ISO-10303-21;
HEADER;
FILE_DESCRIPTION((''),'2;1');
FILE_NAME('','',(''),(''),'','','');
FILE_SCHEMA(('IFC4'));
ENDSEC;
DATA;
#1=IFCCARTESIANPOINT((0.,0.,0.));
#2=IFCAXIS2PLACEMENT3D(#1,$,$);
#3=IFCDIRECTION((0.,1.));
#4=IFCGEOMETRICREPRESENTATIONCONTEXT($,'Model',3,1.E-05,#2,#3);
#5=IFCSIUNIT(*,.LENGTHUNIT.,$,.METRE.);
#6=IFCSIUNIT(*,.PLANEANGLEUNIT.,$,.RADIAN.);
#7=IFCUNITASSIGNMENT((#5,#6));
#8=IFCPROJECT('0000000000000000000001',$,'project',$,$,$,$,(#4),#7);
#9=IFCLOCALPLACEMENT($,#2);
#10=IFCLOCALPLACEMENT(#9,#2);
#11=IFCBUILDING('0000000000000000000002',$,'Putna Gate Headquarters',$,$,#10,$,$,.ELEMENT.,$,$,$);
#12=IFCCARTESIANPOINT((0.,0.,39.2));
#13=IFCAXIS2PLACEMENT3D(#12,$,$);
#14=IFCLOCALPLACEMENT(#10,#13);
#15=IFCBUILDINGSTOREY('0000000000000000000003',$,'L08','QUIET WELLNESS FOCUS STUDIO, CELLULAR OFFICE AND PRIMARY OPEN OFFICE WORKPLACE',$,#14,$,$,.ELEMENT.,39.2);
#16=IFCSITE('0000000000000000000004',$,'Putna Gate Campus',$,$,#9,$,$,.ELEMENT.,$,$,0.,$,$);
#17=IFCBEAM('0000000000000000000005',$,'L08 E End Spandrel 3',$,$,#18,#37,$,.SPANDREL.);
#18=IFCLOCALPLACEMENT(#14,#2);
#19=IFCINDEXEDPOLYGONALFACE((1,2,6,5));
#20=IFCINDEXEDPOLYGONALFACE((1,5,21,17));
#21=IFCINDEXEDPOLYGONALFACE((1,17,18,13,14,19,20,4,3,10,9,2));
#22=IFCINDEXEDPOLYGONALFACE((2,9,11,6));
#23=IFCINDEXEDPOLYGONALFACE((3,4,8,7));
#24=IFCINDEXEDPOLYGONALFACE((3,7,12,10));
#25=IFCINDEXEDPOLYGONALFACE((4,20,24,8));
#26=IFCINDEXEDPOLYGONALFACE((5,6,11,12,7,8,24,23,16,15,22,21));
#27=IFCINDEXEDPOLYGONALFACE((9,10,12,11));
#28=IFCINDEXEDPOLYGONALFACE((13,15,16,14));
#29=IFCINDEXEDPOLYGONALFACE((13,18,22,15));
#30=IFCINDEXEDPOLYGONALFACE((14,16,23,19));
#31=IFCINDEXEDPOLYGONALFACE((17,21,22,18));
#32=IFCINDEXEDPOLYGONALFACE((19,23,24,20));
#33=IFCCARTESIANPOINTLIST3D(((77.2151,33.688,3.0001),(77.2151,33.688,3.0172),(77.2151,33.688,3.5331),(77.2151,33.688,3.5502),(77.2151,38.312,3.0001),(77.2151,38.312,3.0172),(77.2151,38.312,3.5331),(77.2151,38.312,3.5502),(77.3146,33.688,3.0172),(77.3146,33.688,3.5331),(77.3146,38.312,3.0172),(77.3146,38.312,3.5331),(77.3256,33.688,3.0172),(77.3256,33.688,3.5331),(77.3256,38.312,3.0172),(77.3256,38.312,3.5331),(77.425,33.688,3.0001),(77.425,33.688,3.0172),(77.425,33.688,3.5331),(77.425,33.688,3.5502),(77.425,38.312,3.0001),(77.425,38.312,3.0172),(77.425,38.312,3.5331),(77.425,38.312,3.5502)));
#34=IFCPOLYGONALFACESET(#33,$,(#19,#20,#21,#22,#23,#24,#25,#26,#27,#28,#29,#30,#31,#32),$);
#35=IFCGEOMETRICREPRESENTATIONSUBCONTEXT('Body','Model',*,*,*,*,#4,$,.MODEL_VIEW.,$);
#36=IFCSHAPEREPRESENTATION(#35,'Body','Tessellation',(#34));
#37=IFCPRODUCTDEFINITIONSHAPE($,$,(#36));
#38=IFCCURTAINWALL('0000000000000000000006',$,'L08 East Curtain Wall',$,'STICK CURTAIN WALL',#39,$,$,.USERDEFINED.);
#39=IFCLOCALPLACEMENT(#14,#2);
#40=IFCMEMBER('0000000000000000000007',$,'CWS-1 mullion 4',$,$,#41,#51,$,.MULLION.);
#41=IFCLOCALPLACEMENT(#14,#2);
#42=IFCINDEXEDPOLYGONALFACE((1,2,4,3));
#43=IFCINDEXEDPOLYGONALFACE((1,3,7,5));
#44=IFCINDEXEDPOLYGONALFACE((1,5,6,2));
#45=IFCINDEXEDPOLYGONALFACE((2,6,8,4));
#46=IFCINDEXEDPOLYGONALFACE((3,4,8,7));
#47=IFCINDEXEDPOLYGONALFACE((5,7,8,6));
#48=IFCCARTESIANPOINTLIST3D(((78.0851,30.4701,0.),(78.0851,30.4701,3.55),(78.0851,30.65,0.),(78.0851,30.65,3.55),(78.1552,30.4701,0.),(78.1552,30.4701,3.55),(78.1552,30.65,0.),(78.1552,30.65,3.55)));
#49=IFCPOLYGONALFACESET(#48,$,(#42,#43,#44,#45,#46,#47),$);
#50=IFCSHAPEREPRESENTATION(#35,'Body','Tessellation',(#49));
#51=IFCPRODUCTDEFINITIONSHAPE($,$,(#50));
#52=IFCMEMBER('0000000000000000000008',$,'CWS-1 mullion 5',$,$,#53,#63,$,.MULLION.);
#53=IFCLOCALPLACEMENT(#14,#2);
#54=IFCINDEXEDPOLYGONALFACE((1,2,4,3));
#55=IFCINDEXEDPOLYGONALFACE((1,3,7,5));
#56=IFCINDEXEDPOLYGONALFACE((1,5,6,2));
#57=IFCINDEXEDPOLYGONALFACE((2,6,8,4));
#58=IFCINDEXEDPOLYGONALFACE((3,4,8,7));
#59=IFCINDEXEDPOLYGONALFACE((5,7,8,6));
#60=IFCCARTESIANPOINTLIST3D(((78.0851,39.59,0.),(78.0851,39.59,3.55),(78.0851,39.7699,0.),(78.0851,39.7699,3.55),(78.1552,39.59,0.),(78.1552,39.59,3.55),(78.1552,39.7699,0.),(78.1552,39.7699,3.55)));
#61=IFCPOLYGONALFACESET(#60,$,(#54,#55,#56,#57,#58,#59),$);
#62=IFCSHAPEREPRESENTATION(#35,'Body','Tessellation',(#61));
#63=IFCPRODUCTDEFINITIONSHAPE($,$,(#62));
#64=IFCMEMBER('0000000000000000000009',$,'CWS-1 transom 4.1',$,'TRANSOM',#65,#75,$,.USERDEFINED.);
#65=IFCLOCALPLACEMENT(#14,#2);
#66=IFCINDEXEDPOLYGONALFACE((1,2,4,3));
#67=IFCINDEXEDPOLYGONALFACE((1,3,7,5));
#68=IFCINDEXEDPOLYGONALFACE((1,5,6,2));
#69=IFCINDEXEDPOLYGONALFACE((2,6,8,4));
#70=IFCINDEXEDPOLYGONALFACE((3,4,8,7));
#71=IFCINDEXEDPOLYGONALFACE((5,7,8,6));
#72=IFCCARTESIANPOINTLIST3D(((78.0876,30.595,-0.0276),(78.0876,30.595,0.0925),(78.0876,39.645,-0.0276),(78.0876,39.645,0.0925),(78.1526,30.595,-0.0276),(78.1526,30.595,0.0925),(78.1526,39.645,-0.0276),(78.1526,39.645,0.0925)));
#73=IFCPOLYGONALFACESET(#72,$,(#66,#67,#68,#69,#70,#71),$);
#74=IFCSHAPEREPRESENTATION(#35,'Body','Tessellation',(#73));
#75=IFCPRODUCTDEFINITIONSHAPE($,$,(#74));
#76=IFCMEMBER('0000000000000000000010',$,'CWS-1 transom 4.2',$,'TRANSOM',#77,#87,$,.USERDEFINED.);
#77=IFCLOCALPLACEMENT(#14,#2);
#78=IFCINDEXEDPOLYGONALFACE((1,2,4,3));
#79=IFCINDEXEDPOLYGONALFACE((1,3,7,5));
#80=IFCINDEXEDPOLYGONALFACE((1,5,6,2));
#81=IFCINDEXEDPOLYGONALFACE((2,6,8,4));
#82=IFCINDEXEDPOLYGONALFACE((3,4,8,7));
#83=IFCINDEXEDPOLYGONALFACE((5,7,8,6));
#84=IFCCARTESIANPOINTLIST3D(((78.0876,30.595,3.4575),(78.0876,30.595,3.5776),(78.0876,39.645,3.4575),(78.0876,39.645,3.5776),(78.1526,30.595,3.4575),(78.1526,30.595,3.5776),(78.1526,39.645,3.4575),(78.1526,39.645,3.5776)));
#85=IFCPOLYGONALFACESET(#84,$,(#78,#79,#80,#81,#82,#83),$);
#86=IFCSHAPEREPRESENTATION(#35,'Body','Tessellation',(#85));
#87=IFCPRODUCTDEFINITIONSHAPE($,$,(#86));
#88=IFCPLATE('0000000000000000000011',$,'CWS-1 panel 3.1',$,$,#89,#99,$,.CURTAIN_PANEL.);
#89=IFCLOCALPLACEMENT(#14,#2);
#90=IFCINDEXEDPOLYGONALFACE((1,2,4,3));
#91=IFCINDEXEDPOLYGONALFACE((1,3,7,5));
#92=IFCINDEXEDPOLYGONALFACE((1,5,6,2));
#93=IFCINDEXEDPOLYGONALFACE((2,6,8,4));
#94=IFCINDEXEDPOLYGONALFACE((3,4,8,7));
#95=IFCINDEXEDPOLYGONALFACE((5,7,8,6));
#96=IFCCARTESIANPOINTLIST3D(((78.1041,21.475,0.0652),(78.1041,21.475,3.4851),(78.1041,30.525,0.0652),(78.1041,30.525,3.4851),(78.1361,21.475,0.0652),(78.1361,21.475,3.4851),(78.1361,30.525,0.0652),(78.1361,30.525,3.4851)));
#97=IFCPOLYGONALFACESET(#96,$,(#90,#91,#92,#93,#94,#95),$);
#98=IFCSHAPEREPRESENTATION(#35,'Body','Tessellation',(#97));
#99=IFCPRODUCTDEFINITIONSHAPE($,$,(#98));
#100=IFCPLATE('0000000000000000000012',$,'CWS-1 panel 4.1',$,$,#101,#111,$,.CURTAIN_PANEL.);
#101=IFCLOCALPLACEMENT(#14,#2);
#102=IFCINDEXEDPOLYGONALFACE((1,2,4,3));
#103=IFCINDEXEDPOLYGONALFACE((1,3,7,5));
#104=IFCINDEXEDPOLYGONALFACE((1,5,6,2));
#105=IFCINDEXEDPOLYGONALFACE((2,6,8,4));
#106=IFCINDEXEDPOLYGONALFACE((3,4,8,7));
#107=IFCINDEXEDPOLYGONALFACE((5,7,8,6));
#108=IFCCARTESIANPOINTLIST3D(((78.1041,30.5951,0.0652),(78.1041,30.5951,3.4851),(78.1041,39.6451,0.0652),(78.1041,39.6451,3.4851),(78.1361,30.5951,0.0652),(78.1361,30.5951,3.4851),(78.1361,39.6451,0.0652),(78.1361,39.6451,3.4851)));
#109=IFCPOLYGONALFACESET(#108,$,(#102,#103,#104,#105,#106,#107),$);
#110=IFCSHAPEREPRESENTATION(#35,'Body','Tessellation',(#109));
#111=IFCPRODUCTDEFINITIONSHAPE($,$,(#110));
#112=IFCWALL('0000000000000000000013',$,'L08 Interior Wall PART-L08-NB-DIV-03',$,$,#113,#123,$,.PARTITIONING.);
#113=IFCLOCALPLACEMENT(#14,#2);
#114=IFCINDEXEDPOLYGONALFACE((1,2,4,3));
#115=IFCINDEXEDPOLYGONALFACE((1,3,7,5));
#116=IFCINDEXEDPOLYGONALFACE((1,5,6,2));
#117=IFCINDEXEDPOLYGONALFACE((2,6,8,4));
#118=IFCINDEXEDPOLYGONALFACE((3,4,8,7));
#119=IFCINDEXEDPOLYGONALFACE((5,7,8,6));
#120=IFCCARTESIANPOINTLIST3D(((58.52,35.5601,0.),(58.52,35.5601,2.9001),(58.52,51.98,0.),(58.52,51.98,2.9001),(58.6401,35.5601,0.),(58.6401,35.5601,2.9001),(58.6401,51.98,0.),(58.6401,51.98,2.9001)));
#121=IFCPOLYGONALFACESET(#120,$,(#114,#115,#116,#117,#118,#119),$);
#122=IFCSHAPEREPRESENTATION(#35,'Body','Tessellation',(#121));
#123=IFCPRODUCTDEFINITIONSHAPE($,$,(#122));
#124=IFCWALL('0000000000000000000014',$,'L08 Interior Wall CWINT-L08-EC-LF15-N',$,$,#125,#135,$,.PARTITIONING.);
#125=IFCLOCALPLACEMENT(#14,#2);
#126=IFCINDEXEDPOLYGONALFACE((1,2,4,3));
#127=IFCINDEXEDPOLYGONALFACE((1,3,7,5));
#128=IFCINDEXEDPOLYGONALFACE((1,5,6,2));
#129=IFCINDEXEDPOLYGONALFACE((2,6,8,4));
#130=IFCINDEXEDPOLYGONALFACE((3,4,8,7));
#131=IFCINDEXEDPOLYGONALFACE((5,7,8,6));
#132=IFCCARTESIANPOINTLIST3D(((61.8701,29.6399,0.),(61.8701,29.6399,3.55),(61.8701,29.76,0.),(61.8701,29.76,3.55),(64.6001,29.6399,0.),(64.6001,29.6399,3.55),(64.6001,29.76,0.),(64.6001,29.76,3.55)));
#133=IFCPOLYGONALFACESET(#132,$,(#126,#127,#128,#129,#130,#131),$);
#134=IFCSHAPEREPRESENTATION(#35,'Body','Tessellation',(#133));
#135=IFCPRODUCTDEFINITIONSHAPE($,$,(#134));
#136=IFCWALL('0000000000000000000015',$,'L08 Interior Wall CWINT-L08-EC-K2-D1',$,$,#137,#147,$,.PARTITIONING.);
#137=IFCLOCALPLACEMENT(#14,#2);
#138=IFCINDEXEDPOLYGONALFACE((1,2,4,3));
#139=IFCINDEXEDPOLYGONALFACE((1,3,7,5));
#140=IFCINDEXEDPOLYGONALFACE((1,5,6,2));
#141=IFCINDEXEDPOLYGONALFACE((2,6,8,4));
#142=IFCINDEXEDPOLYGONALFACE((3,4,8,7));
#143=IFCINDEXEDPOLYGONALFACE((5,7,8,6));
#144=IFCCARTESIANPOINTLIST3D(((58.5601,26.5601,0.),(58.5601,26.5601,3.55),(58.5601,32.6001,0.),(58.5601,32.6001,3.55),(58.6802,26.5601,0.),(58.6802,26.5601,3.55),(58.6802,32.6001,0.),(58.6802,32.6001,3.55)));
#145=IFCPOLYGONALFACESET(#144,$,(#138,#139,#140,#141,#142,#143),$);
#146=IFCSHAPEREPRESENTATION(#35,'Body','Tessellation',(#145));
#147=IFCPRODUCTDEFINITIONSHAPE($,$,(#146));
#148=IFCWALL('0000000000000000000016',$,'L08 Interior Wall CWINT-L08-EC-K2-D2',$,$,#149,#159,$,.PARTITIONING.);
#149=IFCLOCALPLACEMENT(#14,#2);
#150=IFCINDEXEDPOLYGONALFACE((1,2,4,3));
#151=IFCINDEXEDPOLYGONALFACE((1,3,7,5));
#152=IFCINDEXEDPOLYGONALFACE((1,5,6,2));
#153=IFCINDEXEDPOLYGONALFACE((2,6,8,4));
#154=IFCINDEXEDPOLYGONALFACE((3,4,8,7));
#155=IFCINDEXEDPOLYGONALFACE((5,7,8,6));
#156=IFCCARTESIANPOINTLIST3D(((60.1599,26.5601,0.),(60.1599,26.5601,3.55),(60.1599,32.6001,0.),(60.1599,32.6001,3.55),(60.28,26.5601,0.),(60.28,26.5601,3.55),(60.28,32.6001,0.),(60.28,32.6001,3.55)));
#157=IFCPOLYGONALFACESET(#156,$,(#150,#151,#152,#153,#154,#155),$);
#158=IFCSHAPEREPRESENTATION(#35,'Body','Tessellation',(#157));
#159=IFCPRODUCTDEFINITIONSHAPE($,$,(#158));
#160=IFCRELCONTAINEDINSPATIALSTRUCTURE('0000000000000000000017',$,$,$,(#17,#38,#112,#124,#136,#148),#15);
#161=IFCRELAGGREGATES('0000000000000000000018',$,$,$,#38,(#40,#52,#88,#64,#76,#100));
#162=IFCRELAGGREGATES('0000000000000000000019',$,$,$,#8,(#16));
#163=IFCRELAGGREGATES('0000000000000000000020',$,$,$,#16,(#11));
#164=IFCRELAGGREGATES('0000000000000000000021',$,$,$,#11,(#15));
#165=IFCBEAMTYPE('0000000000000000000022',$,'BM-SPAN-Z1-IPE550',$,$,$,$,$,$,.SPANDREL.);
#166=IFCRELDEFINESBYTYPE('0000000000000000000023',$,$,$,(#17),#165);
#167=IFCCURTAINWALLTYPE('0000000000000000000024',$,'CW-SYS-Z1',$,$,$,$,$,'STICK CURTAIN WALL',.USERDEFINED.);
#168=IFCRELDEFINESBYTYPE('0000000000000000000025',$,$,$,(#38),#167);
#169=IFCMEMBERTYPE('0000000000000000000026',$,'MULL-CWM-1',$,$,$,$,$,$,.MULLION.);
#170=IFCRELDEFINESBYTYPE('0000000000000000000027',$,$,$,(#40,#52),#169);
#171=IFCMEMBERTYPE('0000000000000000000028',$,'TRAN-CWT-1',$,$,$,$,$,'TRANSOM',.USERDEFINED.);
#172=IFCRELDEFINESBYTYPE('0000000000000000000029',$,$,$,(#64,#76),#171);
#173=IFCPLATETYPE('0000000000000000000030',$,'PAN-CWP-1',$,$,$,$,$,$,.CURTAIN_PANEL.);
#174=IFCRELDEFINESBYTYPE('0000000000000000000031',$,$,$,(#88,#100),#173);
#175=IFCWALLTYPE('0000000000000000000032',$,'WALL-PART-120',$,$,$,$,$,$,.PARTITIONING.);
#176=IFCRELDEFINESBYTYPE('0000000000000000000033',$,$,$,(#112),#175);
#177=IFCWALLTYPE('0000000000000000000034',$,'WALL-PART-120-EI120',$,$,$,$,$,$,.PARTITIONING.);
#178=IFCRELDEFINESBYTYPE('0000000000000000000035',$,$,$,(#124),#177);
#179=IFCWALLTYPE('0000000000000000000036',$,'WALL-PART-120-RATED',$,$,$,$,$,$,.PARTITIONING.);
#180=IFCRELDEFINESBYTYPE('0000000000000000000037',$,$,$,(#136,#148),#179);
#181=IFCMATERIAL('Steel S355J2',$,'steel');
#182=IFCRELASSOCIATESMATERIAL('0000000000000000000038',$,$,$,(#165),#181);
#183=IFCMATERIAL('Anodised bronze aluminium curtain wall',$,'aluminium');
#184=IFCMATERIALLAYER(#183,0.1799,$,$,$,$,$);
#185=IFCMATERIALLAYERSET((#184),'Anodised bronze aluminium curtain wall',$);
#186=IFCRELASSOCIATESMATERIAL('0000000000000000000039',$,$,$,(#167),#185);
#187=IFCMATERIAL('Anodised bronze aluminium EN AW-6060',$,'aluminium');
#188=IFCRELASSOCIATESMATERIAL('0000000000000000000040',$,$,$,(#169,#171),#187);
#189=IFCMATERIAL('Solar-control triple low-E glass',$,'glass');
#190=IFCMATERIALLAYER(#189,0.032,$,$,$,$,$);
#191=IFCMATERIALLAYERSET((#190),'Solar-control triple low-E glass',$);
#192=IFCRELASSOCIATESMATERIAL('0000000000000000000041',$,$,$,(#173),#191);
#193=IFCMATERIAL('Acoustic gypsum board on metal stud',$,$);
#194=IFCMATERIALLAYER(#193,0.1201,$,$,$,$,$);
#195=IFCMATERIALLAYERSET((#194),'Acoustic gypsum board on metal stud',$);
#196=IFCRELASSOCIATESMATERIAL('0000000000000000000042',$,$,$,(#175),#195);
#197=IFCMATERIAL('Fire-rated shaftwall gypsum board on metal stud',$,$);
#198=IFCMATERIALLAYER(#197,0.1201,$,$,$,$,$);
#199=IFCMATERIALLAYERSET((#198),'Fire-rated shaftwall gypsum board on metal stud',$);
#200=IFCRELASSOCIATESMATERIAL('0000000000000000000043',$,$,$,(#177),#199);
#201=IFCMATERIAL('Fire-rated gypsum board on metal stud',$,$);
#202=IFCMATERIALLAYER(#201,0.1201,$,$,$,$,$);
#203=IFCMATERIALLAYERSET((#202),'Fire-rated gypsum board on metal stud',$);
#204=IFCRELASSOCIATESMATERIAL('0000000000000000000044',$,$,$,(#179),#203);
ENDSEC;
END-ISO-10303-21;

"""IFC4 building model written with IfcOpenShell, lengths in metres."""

from ifc_helpers import new_model, si_unit, direction, frame, frame_2d, origin, origin_2d, place, context, subcontext, project, spatial, rectangle, i_section, extrude, material, layer, layer_set, material_profile, profile_set, type_object, element, aggregate, save


model = new_model("IFC4")

# Units and contexts
model_context = context("Model", 3, precision=1e-05, world=origin(), true_north=direction((0.0, 1.0)))
body_context = subcontext(model_context, "Body", "Model", "MODEL_VIEW")
ifc_project = project(units=[si_unit("LENGTHUNIT", "METRE"), si_unit("PLANEANGLEUNIT", "RADIAN")], contexts=[model_context])

# Site, building, storey
site_placement = place(None, origin())
site = spatial("IfcSite", under=ifc_project, at=site_placement, Name="Putna Gate Campus", CompositionType="ELEMENT", RefElevation=0.0)
building_placement = place(site_placement, origin())
building = spatial("IfcBuilding", under=site, at=building_placement, Name="Putna Gate Headquarters", CompositionType="ELEMENT")
storey_placement = place(building_placement, frame((0.0, 0.0, 39.2)))
storey = spatial("IfcBuildingStorey", under=building, at=storey_placement, Name="L08", Description="QUIET WELLNESS FOCUS STUDIO, CELLULAR OFFICE AND PRIMARY OPEN OFFICE WORKPLACE", CompositionType="ELEMENT", Elevation=39.2)

# Beam
ifc_material_1 = material(Name="Steel S355J2", Category="steel")
ifc_material_profile_1 = material_profile(ifc_material_1, i_section(OverallWidth=0.21, OverallDepth=0.55, WebThickness=0.011, FlangeThickness=0.0171, at=origin_2d()), Name="Steel S355J2")
ifc_profile_set_1 = profile_set([ifc_material_profile_1], Name="Steel S355J2")
beam_type_1 = type_object("IfcBeamType", Name="BM-SPAN-Z1-IPE550", PredefinedType="SPANDREL", material=ifc_profile_set_1)
beam_1_placement = place(storey_placement, frame((77.3201, 33.688, 3.2751), z_axis=(0.0, 1.0, 0.0), x_axis=(-1.0, 0.0, 0.0)))
element("IfcBeam", 1, at=beam_1_placement, inside=storey, type_object=beam_type_1, Name="L08 E End Spandrel 3", PredefinedType="SPANDREL", context=body_context, shape_type="SweptSolid", body=[
    extrude(i_section(OverallWidth=0.21, OverallDepth=0.55, WebThickness=0.011, FlangeThickness=0.0171, at=origin_2d()), origin(), (0.0, 0.0, 1.0), 4.624),
])

# Curtain wall, members, plates
ifc_material_2 = material(Name="Anodised bronze aluminium curtain wall", Category="aluminium")
ifc_layer_1 = layer(ifc_material_2, 0.1799)
ifc_layer_set_1 = layer_set([ifc_layer_1], Name="Anodised bronze aluminium curtain wall")
curtain_wall_type = type_object("IfcCurtainWallType", Name="CW-SYS-Z1", ElementType="STICK CURTAIN WALL", PredefinedType="USERDEFINED", material=ifc_layer_set_1)
curtain_wall_placement = place(storey_placement, origin())
curtain_wall = element("IfcCurtainWall", 2, at=curtain_wall_placement, inside=storey, type_object=curtain_wall_type, Name="L08 East Curtain Wall", ObjectType="STICK CURTAIN WALL", PredefinedType="USERDEFINED")
ifc_material_3 = material(Name="Anodised bronze aluminium EN AW-6060", Category="aluminium")
ifc_material_profile_2 = material_profile(ifc_material_3, rectangle(XDim=0.0701, YDim=0.1799, at=origin_2d()), Name="Anodised bronze aluminium EN AW-6060")
ifc_profile_set_2 = profile_set([ifc_material_profile_2], Name="Anodised bronze aluminium EN AW-6060")
member_type_1 = type_object("IfcMemberType", Name="MULL-CWM-1", PredefinedType="MULLION", material=ifc_profile_set_2)
member_1_placement = place(storey_placement, frame((78.1201, 30.5601, 0.0), z_axis=(0.0, 0.0, 1.0), x_axis=(-1.0, 0.0, 0.0)))
member_1 = element("IfcMember", 3, at=member_1_placement, type_object=member_type_1, Name="CWS-1 mullion 4", PredefinedType="MULLION", context=body_context, shape_type="SweptSolid", body=[
    extrude(rectangle(XDim=0.0701, YDim=0.1799, at=origin_2d()), origin(), (0.0, 0.0, 1.0), 3.55),
])
member_2_placement = place(storey_placement, frame((78.1201, 39.6799, 0.0), z_axis=(0.0, 0.0, 1.0), x_axis=(-1.0, 0.0, 0.0)))
member_2 = element("IfcMember", 4, at=member_2_placement, type_object=member_type_1, Name="CWS-1 mullion 5", PredefinedType="MULLION", context=body_context, shape_type="SweptSolid", body=[
    extrude(rectangle(XDim=0.0701, YDim=0.1799, at=origin_2d()), origin(), (0.0, 0.0, 1.0), 3.55),
])
ifc_material_profile_3 = material_profile(ifc_material_3, rectangle(XDim=0.0649, YDim=0.1201, at=origin_2d()), Name="Anodised bronze aluminium EN AW-6060")
ifc_profile_set_3 = profile_set([ifc_material_profile_3], Name="Anodised bronze aluminium EN AW-6060")
member_type_2 = type_object("IfcMemberType", Name="TRAN-CWT-1", ElementType="TRANSOM", PredefinedType="USERDEFINED", material=ifc_profile_set_3)
member_3_placement = place(storey_placement, frame((78.1201, 30.595, 0.0325), z_axis=(0.0, 1.0, 0.0), x_axis=(-1.0, 0.0, 0.0)))
member_3 = element("IfcMember", 5, at=member_3_placement, type_object=member_type_2, Name="CWS-1 transom 4.1", ObjectType="TRANSOM", PredefinedType="USERDEFINED", context=body_context, shape_type="SweptSolid", body=[
    extrude(rectangle(XDim=0.0649, YDim=0.1201, at=origin_2d()), origin(), (0.0, 0.0, 1.0), 9.05),
])
member_4_placement = place(storey_placement, frame((78.1201, 30.595, 3.5176), z_axis=(0.0, 1.0, 0.0), x_axis=(-1.0, 0.0, 0.0)))
member_4 = element("IfcMember", 6, at=member_4_placement, type_object=member_type_2, Name="CWS-1 transom 4.2", ObjectType="TRANSOM", PredefinedType="USERDEFINED", context=body_context, shape_type="SweptSolid", body=[
    extrude(rectangle(XDim=0.0649, YDim=0.1201, at=origin_2d()), origin(), (0.0, 0.0, 1.0), 9.05),
])
ifc_material_4 = material(Name="Solar-control triple low-E glass", Category="glass")
ifc_layer_2 = layer(ifc_material_4, 0.032)
ifc_layer_set_2 = layer_set([ifc_layer_2], Name="Solar-control triple low-E glass")
plate_type = type_object("IfcPlateType", Name="PAN-CWP-1", PredefinedType="CURTAIN_PANEL", material=ifc_layer_set_2)
plate_1_placement = place(storey_placement, frame((78.1201, 26.0, 0.0652), z_axis=(0.0, 0.0, 1.0), x_axis=(0.0, 1.0, 0.0)))
plate_1 = element("IfcPlate", 7, at=plate_1_placement, type_object=plate_type, Name="CWS-1 panel 3.1", PredefinedType="CURTAIN_PANEL", context=body_context, shape_type="SweptSolid", body=[
    extrude(rectangle(XDim=9.05, YDim=0.032, at=origin_2d()), origin(), (0.0, 0.0, 1.0), 3.4199),
])
plate_2_placement = place(storey_placement, frame((78.1201, 35.1201, 0.0652), z_axis=(0.0, 0.0, 1.0), x_axis=(0.0, 1.0, 0.0)))
plate_2 = element("IfcPlate", 8, at=plate_2_placement, type_object=plate_type, Name="CWS-1 panel 4.1", PredefinedType="CURTAIN_PANEL", context=body_context, shape_type="SweptSolid", body=[
    extrude(rectangle(XDim=9.05, YDim=0.032, at=origin_2d()), origin(), (0.0, 0.0, 1.0), 3.4199),
])
aggregate(curtain_wall, [member_1, member_2, plate_1, member_3, member_4, plate_2])

# Walls
ifc_material_5 = material(Name="Acoustic gypsum board on metal stud")
ifc_layer_3 = layer(ifc_material_5, 0.1201)
ifc_layer_set_3 = layer_set([ifc_layer_3], Name="Acoustic gypsum board on metal stud")
wall_type_1 = type_object("IfcWallType", Name="WALL-PART-120", PredefinedType="PARTITIONING", material=ifc_layer_set_3)
wall_1_placement = place(storey_placement, frame((58.5801, 35.5601, 0.0), z_axis=(0.0, 0.0, 1.0), x_axis=(0.0, 1.0, 0.0)))
element("IfcWall", 9, at=wall_1_placement, inside=storey, type_object=wall_type_1, Name="L08 Interior Wall PART-L08-NB-DIV-03", PredefinedType="PARTITIONING", context=body_context, shape_type="SweptSolid", body=[
    extrude(rectangle(XDim=16.4199, YDim=0.1201, at=frame_2d((8.21, 0.0))), origin(), (0.0, 0.0, 1.0), 2.9001),
])
ifc_material_6 = material(Name="Fire-rated shaftwall gypsum board on metal stud")
ifc_layer_4 = layer(ifc_material_6, 0.1201)
ifc_layer_set_4 = layer_set([ifc_layer_4], Name="Fire-rated shaftwall gypsum board on metal stud")
wall_type_2 = type_object("IfcWallType", Name="WALL-PART-120-EI120", PredefinedType="PARTITIONING", material=ifc_layer_set_4)
wall_2_placement = place(storey_placement, frame((61.8701, 29.7, 0.0), z_axis=(0.0, 0.0, 1.0), x_axis=(1.0, 0.0, 0.0)))
element("IfcWall", 10, at=wall_2_placement, inside=storey, type_object=wall_type_2, Name="L08 Interior Wall CWINT-L08-EC-LF15-N", PredefinedType="PARTITIONING", context=body_context, shape_type="SweptSolid", body=[
    extrude(rectangle(XDim=2.73, YDim=0.1201, at=frame_2d((1.365, 0.0))), origin(), (0.0, 0.0, 1.0), 3.55),
])
ifc_material_7 = material(Name="Fire-rated gypsum board on metal stud")
ifc_layer_5 = layer(ifc_material_7, 0.1201)
ifc_layer_set_5 = layer_set([ifc_layer_5], Name="Fire-rated gypsum board on metal stud")
wall_type_3 = type_object("IfcWallType", Name="WALL-PART-120-RATED", PredefinedType="PARTITIONING", material=ifc_layer_set_5)
for number, where, z_axis, x_axis, name in (
    (11, (58.6201, 26.5601, 0.0), (0.0, 0.0, 1.0), (0.0, 1.0, 0.0), "L08 Interior Wall CWINT-L08-EC-K2-D1"),
    (12, (60.22, 26.5601, 0.0), (0.0, 0.0, 1.0), (0.0, 1.0, 0.0), "L08 Interior Wall CWINT-L08-EC-K2-D2"),
):
    element("IfcWall", number, at=place(storey_placement, frame(where, z_axis=z_axis, x_axis=x_axis)), inside=storey, type_object=wall_type_3, Name=name, PredefinedType="PARTITIONING", context=body_context, shape_type="SweptSolid", body=[
        extrude(rectangle(XDim=6.04, YDim=0.1201, at=frame_2d((3.02, 0.0))), origin(), (0.0, 0.0, 1.0), 3.55),
    ])

save(model, "model.ifc")
